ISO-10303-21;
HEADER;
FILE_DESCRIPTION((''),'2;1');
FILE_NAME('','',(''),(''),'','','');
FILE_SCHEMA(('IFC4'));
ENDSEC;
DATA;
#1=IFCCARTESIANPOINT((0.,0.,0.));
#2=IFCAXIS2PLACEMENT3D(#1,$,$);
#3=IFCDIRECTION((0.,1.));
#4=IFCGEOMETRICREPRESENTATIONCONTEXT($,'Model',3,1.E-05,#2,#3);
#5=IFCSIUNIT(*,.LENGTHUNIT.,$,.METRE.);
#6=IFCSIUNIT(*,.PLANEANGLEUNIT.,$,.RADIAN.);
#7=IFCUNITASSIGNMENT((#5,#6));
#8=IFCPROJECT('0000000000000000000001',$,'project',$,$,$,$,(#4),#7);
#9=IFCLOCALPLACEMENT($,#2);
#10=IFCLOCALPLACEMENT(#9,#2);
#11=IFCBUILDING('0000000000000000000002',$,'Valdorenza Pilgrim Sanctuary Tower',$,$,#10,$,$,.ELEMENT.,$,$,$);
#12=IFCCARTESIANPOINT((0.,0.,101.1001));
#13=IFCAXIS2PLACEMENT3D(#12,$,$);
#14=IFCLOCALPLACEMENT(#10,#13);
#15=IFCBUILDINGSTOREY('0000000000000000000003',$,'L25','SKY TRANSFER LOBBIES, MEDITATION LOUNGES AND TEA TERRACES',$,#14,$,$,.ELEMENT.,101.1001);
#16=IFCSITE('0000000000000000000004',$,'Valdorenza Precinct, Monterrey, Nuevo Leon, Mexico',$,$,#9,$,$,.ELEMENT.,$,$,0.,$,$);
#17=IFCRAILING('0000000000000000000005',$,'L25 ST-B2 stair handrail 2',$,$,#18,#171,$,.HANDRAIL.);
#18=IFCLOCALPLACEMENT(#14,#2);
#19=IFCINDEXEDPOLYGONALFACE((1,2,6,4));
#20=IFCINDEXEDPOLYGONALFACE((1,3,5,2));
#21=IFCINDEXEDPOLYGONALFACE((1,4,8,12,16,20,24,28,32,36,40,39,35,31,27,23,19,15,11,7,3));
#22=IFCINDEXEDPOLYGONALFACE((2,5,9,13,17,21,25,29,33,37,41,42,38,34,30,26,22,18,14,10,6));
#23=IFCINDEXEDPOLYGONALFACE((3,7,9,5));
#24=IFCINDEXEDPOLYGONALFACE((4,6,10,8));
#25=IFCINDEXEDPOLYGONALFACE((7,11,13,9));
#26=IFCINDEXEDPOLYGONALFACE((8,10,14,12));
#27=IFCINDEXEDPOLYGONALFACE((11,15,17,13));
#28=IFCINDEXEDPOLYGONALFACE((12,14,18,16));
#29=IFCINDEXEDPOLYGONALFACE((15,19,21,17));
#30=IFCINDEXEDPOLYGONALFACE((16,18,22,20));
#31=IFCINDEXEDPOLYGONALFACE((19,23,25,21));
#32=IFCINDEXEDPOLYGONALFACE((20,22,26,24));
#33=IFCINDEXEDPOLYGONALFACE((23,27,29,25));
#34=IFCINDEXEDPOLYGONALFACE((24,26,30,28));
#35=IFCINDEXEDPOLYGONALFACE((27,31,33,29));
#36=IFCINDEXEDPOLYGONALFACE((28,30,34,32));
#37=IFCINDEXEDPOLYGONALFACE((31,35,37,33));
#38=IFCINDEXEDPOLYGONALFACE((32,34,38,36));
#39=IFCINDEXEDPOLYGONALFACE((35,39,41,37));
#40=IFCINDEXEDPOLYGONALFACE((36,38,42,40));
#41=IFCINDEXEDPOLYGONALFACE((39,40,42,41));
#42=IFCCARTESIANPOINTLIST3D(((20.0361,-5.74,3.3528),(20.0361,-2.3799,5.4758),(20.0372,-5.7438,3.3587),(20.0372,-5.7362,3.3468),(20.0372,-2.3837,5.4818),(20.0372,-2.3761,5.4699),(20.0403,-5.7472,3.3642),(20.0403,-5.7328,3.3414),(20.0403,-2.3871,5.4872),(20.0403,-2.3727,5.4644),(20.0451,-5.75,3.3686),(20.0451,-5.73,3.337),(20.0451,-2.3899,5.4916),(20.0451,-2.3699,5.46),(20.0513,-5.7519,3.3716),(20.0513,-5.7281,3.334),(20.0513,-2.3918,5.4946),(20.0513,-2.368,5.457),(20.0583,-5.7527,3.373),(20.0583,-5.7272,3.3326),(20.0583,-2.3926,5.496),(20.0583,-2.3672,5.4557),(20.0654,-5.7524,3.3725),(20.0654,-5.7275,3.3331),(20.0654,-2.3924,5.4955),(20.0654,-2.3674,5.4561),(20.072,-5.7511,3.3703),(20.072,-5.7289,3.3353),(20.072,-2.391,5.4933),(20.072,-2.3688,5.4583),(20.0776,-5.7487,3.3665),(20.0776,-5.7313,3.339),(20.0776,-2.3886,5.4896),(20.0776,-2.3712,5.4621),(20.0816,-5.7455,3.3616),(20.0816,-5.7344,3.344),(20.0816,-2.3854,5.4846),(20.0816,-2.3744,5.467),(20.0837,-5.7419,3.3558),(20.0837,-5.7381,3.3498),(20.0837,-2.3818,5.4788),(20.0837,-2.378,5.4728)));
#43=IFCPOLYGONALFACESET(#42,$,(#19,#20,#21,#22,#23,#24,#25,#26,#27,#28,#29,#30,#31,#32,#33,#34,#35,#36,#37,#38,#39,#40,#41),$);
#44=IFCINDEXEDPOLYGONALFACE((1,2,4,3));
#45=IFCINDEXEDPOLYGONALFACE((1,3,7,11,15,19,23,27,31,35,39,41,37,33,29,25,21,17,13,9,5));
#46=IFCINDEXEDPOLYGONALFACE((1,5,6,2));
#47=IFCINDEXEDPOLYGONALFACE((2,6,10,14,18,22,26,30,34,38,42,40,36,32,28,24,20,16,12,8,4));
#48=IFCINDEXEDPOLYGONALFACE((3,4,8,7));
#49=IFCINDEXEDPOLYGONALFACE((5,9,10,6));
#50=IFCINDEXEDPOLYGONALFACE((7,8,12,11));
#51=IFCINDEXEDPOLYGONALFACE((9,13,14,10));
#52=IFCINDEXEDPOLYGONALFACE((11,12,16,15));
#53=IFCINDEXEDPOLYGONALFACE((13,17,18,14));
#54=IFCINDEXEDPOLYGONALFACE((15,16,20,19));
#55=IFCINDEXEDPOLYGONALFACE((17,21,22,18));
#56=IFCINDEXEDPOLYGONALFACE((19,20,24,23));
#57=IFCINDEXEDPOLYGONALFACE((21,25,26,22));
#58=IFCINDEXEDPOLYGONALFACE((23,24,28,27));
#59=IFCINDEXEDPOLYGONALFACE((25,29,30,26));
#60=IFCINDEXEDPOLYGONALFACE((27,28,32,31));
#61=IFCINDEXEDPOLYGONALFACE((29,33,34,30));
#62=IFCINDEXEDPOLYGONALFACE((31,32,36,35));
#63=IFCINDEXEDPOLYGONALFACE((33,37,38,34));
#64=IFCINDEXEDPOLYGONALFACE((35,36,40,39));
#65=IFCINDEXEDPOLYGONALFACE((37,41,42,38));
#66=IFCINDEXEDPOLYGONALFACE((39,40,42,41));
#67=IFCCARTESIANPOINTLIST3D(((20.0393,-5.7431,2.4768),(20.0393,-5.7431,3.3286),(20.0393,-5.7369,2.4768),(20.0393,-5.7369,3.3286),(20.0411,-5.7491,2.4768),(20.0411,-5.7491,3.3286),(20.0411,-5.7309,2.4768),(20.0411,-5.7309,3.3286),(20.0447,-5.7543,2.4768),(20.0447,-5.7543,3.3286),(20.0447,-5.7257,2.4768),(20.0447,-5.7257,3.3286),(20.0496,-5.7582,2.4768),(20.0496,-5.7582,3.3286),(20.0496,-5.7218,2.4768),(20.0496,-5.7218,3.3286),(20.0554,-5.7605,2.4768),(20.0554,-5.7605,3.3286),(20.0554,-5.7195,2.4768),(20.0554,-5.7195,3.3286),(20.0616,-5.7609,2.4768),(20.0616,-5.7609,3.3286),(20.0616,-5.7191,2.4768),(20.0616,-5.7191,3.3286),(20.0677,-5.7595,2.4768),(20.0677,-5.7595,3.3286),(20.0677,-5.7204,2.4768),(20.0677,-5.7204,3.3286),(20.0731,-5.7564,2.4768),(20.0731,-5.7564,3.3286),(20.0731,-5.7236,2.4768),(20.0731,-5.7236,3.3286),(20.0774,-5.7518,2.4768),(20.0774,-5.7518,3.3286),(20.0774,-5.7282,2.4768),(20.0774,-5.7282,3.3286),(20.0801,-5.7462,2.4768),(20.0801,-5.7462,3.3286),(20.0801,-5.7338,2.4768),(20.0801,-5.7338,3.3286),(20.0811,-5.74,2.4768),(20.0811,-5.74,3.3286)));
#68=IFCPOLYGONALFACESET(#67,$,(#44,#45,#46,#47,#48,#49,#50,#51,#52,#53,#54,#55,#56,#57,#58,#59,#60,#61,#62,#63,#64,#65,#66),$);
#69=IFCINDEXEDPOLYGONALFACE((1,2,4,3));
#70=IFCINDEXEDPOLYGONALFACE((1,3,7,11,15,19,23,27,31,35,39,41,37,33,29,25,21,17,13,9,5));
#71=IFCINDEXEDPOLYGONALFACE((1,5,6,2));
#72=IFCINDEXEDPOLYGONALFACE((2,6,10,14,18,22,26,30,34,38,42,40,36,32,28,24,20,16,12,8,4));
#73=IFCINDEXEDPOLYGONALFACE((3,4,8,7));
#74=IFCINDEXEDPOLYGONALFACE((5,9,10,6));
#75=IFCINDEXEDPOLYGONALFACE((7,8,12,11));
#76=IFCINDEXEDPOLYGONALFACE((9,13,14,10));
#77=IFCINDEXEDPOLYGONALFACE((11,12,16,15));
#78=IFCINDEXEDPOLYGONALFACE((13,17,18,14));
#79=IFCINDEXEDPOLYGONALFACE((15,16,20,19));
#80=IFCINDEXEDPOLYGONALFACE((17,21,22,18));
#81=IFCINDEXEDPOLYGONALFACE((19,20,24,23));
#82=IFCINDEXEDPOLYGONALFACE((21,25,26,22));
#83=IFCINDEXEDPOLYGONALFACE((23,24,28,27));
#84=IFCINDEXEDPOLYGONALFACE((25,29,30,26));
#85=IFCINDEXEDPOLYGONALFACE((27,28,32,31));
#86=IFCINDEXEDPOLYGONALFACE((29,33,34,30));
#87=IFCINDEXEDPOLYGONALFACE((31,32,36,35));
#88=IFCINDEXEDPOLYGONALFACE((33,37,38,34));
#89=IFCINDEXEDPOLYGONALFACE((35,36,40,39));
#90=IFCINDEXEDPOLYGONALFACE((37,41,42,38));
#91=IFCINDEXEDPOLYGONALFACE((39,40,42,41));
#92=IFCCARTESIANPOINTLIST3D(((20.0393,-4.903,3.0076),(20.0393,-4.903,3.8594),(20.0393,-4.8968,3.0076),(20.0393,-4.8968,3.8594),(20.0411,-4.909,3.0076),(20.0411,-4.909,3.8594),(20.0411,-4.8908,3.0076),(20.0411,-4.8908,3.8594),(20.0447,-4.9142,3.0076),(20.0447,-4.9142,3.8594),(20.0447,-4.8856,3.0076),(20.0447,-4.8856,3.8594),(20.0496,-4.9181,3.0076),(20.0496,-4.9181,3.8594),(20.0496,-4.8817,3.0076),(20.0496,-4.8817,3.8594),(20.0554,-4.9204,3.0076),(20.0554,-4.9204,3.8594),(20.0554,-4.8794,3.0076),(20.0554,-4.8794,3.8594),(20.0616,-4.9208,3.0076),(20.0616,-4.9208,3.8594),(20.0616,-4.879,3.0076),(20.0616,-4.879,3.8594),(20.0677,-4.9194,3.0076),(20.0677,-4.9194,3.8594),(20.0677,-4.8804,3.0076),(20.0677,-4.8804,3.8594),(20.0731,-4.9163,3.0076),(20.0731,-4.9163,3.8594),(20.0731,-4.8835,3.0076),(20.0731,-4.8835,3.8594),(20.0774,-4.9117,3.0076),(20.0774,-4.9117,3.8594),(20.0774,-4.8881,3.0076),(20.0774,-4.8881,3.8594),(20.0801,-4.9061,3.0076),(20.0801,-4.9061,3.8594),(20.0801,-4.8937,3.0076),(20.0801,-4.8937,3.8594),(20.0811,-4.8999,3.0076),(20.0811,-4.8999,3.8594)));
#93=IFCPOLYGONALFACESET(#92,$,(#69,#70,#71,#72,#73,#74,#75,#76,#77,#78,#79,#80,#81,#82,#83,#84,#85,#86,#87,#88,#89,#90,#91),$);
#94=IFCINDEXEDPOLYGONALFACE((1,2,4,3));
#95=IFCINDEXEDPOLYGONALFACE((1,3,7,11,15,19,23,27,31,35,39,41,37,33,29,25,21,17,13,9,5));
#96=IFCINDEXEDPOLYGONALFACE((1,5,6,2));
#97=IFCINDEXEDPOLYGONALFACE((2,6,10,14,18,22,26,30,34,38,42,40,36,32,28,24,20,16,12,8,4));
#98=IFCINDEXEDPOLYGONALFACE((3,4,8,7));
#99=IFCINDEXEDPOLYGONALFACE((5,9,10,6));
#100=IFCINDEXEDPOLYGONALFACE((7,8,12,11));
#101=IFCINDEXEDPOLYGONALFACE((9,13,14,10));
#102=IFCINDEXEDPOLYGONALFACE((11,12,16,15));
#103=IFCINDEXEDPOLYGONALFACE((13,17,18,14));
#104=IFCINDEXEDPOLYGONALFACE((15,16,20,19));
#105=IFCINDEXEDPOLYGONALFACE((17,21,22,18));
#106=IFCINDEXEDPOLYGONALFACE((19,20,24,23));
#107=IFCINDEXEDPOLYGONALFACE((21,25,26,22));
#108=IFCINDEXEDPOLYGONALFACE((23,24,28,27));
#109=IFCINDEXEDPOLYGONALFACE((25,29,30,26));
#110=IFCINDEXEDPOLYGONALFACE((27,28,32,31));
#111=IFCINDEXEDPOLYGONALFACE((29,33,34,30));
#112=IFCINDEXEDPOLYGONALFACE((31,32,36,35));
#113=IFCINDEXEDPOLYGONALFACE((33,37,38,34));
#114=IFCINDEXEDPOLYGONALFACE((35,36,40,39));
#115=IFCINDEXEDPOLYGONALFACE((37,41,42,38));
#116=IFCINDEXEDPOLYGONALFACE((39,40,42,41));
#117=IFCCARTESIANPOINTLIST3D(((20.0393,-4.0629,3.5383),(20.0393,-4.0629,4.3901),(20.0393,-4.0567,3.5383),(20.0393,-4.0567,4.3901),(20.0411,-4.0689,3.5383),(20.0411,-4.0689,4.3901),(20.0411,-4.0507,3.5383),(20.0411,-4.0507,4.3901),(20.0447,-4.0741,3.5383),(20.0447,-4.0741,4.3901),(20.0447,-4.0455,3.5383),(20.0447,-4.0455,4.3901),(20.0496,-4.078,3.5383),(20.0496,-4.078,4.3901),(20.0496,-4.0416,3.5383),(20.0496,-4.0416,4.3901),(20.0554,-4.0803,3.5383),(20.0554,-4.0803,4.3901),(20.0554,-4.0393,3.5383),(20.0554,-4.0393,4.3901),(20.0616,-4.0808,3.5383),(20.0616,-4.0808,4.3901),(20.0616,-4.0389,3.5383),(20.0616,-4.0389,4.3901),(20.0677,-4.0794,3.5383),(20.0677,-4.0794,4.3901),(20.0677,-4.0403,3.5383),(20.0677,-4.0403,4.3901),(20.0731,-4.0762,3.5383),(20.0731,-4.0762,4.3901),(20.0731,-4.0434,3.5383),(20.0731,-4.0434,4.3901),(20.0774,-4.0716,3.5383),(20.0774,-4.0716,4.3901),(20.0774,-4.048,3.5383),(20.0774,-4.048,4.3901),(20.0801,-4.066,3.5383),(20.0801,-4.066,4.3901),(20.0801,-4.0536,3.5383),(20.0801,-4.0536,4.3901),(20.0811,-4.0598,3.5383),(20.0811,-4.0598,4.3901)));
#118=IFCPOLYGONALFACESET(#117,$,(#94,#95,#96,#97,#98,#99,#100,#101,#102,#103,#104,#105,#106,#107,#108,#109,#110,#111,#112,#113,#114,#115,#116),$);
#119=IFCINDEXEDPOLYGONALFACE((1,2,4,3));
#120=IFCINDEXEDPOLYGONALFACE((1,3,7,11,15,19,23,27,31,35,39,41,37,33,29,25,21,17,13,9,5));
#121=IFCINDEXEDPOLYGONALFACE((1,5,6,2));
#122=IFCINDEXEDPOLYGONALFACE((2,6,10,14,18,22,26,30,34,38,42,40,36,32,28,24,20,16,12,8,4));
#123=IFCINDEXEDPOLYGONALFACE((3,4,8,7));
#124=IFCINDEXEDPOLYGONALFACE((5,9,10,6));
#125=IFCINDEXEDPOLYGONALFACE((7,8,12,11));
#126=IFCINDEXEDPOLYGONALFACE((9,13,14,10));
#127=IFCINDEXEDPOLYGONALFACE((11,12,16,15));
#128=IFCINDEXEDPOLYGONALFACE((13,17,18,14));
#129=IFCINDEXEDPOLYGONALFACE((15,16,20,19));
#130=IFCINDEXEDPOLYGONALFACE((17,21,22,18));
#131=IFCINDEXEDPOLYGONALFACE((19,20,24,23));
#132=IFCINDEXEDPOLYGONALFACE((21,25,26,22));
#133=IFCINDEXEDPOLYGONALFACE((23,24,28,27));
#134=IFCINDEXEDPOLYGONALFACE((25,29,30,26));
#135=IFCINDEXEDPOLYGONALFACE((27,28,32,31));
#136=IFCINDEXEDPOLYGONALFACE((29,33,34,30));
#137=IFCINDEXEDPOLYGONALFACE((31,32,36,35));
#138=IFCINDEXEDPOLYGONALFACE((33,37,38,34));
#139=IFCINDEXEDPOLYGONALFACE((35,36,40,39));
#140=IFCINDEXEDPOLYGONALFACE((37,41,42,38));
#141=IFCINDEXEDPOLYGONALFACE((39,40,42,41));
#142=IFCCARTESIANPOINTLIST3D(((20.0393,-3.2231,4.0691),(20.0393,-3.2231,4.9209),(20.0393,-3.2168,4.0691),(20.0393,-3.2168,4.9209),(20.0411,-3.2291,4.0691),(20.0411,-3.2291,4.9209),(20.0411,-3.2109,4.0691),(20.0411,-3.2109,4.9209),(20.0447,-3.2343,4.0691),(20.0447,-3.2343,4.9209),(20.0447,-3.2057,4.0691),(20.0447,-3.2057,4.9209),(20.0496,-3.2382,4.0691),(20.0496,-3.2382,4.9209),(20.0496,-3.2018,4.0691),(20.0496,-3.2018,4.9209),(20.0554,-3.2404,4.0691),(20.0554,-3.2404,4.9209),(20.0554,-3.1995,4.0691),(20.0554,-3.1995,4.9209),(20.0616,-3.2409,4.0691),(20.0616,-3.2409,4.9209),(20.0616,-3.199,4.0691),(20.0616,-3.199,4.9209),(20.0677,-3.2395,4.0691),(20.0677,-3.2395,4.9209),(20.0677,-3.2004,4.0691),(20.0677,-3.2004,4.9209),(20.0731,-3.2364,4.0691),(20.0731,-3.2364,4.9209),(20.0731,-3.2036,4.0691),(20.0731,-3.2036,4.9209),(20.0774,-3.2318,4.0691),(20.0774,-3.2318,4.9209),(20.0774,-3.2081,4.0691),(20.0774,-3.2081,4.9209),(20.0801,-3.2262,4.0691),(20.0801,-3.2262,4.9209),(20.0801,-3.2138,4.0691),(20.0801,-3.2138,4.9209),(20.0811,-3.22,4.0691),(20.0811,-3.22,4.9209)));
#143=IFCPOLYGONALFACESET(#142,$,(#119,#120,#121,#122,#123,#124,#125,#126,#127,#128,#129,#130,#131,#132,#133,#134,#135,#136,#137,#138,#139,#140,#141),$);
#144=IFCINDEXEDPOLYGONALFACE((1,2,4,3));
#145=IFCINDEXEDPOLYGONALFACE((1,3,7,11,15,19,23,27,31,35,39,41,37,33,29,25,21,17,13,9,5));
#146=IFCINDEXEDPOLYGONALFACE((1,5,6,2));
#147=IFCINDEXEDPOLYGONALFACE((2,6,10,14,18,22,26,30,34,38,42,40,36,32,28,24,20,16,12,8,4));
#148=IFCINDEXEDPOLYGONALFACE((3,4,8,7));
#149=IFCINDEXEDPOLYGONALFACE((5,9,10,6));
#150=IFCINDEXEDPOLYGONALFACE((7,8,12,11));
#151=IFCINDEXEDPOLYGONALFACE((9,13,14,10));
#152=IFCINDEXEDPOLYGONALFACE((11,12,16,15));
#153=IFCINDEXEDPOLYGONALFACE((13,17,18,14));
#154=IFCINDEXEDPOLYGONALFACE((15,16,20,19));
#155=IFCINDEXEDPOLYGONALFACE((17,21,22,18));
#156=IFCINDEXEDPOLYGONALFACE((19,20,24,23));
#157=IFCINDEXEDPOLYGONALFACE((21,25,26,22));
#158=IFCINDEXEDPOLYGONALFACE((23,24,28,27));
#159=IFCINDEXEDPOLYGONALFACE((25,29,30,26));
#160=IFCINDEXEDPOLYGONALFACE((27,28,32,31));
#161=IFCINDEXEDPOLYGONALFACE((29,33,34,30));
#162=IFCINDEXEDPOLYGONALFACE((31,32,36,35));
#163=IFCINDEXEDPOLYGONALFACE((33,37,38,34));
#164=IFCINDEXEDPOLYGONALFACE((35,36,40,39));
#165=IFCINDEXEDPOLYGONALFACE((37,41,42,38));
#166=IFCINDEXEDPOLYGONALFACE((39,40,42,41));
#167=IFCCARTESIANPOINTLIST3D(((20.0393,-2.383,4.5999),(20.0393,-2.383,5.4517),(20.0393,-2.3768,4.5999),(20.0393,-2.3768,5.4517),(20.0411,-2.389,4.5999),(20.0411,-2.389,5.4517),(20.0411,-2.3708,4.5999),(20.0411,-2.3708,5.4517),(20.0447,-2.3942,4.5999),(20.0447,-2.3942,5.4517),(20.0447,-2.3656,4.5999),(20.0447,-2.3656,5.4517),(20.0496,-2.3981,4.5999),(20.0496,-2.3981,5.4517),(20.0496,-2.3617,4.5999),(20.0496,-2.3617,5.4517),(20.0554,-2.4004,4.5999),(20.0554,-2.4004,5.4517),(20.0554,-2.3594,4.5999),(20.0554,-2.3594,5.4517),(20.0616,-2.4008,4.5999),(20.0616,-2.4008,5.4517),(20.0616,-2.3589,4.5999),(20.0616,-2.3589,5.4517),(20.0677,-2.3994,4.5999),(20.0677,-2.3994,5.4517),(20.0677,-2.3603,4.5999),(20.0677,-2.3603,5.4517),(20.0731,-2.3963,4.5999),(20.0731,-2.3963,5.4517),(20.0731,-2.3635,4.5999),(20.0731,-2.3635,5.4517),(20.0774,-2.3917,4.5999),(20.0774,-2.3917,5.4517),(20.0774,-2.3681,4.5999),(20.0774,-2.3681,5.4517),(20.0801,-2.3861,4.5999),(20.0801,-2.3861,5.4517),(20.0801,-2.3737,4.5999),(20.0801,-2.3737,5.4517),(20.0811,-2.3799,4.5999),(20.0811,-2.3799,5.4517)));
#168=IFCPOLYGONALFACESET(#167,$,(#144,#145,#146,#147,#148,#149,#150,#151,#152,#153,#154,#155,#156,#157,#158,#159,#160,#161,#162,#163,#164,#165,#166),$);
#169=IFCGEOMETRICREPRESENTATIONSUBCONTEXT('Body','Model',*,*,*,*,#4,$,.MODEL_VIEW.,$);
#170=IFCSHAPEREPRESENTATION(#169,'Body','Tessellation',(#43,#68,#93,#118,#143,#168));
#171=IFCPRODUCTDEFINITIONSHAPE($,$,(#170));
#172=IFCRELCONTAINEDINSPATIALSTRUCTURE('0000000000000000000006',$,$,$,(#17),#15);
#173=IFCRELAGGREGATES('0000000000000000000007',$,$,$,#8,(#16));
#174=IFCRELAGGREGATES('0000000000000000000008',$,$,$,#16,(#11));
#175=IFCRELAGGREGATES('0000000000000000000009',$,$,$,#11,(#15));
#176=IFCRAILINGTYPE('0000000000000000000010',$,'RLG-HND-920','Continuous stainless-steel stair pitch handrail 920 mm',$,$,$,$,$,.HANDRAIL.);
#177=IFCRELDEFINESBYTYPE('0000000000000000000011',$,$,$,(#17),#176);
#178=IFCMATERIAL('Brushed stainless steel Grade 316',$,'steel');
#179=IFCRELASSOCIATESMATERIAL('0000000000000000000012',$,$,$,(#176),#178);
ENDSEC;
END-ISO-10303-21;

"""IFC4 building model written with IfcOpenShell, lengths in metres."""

from ifc_helpers import new_model, si_unit, direction, frame, origin, origin_2d, place, context, subcontext, project, spatial, circle, extrude, material, type_object, element, save


model = new_model("IFC4")

# Units and contexts
model_context = context("Model", 3, precision=1e-05, world=origin(), true_north=direction((0.0, 1.0)))
body_context = subcontext(model_context, "Body", "Model", "MODEL_VIEW")
ifc_project = project(units=[si_unit("LENGTHUNIT", "METRE"), si_unit("PLANEANGLEUNIT", "RADIAN")], contexts=[model_context])

# Site, building, storey
site_placement = place(None, origin())
site = spatial("IfcSite", under=ifc_project, at=site_placement, Name="Valdorenza Precinct, Monterrey, Nuevo Leon, Mexico", CompositionType="ELEMENT", RefElevation=0.0)
building_placement = place(site_placement, origin())
building = spatial("IfcBuilding", under=site, at=building_placement, Name="Valdorenza Pilgrim Sanctuary Tower", CompositionType="ELEMENT")
storey_placement = place(building_placement, frame((0.0, 0.0, 101.1001)))
storey = spatial("IfcBuildingStorey", under=building, at=storey_placement, Name="L25", Description="SKY TRANSFER LOBBIES, MEDITATION LOUNGES AND TEA TERRACES", CompositionType="ELEMENT", Elevation=101.1001)

# Shared definitions
ifc_material_1 = material(Name="Brushed stainless steel Grade 316", Category="steel")

# Railing
railing_type_1 = type_object("IfcRailingType", Name="RLG-HND-920", Description="Continuous stainless-steel stair pitch handrail 920 mm", PredefinedType="HANDRAIL", material=ifc_material_1)
railing_1_placement = place(storey_placement, frame((20.0601, -5.74, 2.4768)))
element("IfcRailing", 1, at=railing_1_placement, inside=storey, type_object=railing_type_1, Name="L25 ST-B2 stair handrail 2", PredefinedType="HANDRAIL", context=body_context, shape_type="SweptSolid", body=[
    extrude(circle(Radius=0.0239, at=origin_2d()), frame((0.0, 0.0, 0.876), z_axis=(0.0, 0.84539, 0.53415), x_axis=(-1.0, 0.0, 0.0)), (0.0, 0.0, 1.0), 3.9746),
    extrude(circle(Radius=0.021, at=origin_2d()), origin(), (0.0, 0.0, 1.0), 0.8518),
    extrude(circle(Radius=0.021, at=origin_2d()), frame((0.0, 0.8401, 0.5308)), (0.0, 0.0, 1.0), 0.8518),
    extrude(circle(Radius=0.021, at=origin_2d()), frame((0.0, 1.6802, 1.0615)), (0.0, 0.0, 1.0), 0.8518),
    extrude(circle(Radius=0.021, at=origin_2d()), frame((0.0, 2.52, 1.5923)), (0.0, 0.0, 1.0), 0.8518),
    extrude(circle(Radius=0.021, at=origin_2d()), frame((0.0, 3.3601, 2.123)), (0.0, 0.0, 1.0), 0.8518),
])

save(model, "model.ifc")
